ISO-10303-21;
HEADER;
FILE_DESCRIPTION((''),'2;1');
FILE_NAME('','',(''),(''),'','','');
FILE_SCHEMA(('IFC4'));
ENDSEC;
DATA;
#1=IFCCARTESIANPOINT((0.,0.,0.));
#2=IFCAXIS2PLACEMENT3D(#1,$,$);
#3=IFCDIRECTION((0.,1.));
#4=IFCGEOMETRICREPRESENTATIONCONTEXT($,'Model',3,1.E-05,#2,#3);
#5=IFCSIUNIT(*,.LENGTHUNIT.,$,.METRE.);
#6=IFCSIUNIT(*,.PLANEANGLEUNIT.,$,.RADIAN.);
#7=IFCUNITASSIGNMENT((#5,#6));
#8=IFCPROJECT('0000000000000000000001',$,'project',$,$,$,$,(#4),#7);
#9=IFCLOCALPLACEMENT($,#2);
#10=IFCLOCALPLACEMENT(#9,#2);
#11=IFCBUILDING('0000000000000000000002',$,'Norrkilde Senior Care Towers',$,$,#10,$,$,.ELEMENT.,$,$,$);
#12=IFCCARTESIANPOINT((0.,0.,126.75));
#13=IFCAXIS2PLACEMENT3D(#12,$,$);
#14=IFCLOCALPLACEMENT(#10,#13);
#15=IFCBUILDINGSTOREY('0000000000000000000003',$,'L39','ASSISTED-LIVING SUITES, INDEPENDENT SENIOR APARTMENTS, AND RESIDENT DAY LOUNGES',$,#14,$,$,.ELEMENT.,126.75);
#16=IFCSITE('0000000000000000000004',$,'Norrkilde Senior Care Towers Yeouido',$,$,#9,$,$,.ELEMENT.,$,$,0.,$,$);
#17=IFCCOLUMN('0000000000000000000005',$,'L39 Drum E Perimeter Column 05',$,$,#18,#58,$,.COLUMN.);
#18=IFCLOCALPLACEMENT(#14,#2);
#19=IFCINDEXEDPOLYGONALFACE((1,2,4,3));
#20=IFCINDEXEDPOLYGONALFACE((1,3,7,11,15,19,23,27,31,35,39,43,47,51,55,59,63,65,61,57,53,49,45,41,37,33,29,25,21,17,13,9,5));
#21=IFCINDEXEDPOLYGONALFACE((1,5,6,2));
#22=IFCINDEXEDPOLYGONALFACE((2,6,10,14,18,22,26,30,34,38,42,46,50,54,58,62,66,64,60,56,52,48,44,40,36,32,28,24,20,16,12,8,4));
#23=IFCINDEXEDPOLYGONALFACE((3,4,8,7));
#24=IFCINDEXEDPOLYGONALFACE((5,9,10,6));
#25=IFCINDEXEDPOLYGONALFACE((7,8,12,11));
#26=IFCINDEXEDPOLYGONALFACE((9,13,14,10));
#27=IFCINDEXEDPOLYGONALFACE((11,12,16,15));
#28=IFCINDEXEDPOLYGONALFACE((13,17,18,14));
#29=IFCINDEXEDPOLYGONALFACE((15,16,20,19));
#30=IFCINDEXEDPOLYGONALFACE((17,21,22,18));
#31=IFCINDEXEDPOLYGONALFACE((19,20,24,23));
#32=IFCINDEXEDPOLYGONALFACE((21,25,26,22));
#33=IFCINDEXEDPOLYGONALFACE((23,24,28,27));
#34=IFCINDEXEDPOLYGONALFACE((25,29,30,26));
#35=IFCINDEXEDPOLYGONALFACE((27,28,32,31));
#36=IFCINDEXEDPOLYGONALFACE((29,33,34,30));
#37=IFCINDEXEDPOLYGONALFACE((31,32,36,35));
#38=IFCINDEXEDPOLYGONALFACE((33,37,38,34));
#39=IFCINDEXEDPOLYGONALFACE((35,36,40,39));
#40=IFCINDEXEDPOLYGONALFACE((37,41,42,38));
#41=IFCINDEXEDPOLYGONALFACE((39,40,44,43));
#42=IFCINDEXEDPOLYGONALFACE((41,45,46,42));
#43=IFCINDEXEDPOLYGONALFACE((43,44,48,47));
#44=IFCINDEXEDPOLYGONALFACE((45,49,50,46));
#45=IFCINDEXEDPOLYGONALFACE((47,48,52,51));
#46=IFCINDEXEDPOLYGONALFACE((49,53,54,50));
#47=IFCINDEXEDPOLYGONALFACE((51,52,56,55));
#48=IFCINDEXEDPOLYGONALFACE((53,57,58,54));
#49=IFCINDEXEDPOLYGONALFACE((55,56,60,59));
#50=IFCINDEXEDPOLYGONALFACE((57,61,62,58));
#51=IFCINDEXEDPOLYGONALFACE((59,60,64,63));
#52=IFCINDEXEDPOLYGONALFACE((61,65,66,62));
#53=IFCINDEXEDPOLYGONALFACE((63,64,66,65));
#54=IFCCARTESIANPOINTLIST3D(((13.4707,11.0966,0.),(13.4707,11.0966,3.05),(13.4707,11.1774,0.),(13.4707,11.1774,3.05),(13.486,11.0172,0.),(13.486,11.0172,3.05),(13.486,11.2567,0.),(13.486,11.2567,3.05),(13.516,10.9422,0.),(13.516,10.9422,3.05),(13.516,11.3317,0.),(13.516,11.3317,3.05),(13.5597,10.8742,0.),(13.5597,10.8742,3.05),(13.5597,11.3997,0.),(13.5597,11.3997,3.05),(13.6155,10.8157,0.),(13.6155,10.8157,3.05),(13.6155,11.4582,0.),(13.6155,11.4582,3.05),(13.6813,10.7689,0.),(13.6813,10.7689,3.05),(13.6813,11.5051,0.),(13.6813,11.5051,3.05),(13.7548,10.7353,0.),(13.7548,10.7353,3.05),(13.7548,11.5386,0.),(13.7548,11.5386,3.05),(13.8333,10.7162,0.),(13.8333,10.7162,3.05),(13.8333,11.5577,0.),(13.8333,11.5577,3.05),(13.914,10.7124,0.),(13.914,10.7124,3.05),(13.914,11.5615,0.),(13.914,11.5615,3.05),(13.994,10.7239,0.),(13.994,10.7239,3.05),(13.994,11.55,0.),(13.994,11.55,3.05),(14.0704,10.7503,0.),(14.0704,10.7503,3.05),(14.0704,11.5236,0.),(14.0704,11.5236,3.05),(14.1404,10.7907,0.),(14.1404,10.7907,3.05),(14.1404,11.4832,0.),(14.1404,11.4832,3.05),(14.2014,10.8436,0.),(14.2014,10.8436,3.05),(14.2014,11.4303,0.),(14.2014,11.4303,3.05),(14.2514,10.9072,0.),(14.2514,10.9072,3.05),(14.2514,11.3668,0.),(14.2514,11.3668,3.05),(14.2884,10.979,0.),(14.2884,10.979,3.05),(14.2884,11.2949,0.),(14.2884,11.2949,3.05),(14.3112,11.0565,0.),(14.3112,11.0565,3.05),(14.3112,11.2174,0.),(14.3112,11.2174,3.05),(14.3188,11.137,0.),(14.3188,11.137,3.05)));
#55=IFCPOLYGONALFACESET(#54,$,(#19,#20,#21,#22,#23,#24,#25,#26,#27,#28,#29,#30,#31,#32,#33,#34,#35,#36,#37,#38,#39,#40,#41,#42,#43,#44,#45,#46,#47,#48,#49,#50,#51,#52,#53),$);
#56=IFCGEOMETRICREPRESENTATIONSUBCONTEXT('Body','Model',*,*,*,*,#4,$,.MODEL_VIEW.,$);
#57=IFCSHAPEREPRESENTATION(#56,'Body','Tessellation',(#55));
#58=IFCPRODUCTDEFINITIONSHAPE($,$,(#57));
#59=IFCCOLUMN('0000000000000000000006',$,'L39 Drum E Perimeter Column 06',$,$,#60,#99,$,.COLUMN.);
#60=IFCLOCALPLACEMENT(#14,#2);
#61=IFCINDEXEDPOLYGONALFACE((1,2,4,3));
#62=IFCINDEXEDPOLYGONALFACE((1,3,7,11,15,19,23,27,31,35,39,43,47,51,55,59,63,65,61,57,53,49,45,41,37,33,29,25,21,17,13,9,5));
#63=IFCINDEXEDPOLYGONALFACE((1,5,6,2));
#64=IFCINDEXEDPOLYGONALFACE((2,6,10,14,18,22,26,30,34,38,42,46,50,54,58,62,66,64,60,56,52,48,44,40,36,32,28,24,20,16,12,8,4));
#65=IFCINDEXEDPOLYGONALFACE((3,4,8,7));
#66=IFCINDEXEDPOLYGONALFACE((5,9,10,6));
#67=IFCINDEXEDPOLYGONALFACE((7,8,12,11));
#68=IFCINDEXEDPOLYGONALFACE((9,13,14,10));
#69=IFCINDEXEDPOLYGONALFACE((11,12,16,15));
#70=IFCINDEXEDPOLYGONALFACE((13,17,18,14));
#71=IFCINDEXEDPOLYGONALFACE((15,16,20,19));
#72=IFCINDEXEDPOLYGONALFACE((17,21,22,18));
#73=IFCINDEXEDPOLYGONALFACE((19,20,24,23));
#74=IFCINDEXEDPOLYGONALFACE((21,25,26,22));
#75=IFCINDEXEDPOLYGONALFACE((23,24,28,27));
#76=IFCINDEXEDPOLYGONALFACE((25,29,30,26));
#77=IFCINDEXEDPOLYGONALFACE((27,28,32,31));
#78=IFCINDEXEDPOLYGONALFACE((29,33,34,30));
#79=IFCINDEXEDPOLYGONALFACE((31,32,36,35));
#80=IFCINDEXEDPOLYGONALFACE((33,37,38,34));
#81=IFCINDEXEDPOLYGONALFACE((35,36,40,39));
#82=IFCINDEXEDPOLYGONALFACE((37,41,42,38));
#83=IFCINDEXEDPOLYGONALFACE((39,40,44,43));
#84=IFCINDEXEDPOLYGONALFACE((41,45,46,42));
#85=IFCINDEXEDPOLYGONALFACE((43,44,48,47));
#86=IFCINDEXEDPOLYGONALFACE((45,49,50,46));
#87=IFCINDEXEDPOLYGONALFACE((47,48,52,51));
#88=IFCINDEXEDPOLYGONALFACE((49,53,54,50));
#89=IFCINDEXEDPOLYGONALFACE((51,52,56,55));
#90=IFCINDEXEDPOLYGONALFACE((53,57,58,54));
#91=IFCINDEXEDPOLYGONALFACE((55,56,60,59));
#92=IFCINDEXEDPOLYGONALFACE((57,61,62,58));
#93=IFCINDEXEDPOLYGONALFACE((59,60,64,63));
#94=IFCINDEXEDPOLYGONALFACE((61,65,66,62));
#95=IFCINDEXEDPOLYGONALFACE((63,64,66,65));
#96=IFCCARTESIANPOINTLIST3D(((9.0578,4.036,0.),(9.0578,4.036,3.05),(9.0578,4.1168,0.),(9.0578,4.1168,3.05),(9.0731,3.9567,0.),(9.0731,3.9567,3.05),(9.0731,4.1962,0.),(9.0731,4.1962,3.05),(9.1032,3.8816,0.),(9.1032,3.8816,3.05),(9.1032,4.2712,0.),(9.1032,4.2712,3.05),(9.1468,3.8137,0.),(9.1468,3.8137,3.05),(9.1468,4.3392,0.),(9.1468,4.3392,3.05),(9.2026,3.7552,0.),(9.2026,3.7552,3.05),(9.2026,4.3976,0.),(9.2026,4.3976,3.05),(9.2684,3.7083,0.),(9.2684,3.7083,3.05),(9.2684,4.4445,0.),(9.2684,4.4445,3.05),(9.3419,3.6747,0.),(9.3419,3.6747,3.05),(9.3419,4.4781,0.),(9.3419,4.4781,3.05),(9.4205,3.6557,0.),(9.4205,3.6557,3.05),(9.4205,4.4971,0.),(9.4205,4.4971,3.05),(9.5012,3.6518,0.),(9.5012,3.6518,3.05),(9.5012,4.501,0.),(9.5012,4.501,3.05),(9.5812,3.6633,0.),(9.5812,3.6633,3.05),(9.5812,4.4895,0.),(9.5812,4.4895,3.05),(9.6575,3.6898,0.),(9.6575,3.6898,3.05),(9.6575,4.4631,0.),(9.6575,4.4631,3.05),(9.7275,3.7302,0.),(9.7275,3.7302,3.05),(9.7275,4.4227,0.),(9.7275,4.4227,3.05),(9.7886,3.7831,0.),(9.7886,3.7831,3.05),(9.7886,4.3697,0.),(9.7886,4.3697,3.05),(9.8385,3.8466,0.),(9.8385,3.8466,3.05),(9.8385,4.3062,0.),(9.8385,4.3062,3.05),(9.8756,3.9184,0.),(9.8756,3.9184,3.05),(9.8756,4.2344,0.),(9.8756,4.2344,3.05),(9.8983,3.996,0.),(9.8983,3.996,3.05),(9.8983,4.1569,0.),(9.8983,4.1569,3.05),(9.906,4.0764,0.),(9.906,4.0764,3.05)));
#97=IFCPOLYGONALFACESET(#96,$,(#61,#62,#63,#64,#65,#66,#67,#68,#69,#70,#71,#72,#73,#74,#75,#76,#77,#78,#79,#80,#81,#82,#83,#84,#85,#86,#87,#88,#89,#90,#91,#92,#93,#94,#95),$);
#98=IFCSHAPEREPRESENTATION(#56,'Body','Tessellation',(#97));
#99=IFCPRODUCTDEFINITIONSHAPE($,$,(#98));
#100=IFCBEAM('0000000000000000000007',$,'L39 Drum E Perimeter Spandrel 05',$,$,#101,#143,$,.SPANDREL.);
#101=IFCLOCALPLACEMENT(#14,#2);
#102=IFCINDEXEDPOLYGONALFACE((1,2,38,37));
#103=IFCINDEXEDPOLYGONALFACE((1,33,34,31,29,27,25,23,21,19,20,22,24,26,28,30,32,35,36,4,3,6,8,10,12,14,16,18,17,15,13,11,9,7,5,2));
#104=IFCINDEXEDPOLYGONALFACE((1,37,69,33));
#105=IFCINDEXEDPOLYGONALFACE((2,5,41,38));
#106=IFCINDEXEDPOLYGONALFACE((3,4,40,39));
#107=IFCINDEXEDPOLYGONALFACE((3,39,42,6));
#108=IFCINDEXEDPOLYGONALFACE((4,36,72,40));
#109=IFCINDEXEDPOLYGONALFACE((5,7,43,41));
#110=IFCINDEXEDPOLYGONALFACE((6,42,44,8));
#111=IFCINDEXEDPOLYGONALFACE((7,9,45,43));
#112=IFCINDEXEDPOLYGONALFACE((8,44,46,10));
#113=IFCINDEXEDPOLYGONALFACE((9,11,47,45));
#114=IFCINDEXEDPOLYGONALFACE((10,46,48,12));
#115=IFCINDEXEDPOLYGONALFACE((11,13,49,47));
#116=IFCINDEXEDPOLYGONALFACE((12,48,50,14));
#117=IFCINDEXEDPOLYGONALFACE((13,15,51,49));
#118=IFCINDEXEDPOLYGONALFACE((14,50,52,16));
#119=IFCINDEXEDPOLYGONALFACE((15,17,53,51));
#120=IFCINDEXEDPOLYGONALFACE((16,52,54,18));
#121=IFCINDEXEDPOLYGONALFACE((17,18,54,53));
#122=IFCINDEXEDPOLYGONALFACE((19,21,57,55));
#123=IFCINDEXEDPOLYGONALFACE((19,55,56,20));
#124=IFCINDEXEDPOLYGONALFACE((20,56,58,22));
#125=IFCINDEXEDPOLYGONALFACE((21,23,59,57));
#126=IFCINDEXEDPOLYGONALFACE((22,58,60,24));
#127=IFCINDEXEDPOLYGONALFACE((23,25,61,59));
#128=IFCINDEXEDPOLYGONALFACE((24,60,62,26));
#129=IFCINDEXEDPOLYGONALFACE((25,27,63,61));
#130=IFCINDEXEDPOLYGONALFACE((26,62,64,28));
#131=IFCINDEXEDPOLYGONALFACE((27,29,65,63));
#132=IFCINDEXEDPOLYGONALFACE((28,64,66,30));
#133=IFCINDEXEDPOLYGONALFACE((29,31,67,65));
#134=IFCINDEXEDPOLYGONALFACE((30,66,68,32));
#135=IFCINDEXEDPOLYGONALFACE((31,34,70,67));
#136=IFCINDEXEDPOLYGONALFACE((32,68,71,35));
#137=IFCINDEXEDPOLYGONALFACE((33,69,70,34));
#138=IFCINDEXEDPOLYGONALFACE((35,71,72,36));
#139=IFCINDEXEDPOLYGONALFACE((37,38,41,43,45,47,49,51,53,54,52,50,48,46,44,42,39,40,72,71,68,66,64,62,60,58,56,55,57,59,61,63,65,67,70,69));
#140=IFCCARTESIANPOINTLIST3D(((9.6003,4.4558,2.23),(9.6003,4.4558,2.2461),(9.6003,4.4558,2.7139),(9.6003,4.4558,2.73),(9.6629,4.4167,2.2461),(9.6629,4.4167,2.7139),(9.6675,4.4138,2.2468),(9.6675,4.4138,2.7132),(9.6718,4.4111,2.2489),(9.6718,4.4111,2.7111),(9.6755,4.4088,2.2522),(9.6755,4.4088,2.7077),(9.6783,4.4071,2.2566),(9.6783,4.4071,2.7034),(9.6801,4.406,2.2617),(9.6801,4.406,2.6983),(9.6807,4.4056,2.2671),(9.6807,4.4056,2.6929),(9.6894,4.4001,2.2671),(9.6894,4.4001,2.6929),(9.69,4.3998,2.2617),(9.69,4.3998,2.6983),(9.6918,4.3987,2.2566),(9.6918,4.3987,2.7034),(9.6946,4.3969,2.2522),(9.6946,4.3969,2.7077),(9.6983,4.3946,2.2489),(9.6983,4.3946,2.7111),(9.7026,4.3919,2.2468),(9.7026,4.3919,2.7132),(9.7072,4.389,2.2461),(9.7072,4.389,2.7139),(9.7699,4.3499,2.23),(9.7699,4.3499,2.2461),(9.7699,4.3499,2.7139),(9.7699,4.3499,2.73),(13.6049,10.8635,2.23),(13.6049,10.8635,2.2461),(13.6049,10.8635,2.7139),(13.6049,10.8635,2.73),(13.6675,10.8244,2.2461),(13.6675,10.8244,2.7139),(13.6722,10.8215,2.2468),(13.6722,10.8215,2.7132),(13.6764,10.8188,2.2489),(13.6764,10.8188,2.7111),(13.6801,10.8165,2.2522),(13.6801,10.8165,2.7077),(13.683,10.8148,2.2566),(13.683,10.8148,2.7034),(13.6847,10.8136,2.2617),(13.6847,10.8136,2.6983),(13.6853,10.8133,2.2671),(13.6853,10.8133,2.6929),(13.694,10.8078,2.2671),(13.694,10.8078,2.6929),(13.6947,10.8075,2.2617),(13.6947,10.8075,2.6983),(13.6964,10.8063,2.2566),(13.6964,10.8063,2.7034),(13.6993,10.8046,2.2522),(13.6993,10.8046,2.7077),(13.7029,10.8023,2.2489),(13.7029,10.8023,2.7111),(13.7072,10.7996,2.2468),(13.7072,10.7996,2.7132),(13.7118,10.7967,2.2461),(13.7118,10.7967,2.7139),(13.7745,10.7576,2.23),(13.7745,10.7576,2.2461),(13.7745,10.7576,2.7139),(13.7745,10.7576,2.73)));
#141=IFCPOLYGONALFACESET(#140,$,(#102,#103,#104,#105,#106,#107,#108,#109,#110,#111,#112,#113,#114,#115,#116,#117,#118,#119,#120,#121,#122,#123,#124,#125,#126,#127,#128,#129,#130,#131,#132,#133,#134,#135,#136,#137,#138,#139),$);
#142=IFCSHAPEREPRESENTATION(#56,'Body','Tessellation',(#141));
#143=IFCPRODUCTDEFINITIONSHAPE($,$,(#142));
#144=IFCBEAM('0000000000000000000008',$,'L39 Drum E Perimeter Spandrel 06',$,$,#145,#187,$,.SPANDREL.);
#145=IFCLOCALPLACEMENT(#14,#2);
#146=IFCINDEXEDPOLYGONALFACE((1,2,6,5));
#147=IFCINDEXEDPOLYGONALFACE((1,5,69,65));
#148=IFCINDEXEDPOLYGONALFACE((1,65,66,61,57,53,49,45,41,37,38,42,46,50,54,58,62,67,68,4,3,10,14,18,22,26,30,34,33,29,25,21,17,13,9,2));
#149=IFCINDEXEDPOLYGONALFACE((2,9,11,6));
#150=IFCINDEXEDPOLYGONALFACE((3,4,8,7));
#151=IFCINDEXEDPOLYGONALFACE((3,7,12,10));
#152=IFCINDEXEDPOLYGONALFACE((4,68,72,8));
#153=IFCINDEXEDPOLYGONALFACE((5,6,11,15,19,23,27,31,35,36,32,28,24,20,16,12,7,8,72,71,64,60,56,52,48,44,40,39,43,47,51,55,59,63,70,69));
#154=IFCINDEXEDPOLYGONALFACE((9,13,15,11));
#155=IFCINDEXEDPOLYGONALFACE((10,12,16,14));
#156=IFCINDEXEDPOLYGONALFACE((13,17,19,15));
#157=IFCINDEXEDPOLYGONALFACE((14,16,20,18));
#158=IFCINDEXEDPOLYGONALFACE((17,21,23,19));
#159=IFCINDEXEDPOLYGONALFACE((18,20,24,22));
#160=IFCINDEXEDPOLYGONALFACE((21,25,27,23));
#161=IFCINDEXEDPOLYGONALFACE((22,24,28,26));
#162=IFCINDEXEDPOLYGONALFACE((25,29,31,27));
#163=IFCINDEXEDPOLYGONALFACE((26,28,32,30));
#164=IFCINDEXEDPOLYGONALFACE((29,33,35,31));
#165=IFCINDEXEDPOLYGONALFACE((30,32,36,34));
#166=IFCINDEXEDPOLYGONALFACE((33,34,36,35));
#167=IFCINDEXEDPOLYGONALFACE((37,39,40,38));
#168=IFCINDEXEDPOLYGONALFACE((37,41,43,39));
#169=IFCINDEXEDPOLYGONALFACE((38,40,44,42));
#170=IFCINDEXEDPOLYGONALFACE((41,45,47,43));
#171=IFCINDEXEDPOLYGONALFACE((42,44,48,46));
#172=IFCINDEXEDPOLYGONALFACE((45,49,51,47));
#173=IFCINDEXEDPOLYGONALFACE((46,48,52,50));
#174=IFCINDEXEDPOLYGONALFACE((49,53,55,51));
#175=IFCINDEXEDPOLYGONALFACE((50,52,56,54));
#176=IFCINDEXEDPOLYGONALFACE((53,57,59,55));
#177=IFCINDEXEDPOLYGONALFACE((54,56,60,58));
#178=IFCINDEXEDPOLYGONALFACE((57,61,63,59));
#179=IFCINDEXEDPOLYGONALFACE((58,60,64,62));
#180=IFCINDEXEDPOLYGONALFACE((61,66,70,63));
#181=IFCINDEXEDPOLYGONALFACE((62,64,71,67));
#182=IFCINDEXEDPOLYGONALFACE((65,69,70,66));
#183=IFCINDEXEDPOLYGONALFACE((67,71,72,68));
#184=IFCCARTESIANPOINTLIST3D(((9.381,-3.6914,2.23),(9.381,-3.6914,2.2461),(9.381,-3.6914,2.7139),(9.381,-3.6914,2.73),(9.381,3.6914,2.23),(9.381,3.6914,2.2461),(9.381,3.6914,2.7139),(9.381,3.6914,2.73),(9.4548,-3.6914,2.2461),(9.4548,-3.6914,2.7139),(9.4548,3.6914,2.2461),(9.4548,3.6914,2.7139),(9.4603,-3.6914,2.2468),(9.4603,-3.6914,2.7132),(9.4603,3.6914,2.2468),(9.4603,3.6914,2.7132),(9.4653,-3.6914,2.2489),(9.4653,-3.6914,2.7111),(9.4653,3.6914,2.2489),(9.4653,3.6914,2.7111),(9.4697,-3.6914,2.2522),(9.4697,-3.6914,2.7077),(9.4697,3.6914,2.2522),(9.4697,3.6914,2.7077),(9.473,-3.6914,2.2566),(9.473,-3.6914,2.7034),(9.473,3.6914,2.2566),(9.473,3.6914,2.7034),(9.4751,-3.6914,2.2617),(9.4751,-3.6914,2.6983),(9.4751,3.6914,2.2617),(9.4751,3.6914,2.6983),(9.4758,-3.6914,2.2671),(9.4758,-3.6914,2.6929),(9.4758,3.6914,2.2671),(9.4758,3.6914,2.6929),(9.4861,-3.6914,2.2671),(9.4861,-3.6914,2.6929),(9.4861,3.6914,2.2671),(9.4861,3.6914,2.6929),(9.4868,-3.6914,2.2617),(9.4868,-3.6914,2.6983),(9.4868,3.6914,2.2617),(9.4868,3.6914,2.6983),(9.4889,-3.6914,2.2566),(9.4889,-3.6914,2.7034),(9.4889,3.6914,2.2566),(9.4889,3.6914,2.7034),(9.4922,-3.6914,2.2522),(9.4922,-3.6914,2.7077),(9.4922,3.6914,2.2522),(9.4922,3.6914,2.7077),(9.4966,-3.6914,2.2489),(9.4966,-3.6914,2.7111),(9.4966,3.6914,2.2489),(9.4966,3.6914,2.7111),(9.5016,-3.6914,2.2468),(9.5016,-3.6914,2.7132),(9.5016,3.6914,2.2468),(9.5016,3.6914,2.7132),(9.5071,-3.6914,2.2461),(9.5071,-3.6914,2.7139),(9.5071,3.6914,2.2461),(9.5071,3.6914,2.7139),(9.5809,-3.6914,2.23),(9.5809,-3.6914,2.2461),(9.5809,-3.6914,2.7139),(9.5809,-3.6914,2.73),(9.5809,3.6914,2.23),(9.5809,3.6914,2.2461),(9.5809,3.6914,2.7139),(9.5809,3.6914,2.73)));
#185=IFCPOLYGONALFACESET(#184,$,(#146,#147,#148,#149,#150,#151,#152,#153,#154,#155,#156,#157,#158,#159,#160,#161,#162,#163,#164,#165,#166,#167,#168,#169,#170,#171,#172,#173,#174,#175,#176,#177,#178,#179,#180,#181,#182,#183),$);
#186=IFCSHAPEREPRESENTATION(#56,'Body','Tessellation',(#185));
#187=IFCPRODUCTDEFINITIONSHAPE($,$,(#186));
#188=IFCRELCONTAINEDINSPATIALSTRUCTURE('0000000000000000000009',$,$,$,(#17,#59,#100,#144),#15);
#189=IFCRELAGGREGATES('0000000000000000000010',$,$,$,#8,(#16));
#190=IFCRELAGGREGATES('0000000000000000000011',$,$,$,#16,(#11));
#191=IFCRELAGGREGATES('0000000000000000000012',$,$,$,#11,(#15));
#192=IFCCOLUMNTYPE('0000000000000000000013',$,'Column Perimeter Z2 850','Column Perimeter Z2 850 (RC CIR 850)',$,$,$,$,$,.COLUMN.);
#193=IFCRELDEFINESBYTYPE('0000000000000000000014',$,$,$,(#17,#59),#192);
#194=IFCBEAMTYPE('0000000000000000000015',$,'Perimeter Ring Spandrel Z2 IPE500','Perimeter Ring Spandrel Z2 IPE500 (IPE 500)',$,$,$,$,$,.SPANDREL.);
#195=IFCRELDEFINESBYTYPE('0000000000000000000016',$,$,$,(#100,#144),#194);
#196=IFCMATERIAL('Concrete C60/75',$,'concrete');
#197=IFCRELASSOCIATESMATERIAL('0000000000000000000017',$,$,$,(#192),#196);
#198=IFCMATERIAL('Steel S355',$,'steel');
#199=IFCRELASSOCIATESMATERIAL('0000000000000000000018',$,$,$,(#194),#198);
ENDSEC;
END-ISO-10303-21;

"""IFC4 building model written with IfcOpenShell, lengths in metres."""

from ifc_helpers import new_model, si_unit, direction, frame, origin, origin_2d, place, context, subcontext, project, spatial, circle, i_section, extrude, source, transform, mapped, material, material_profile, profile_set, type_object, type_shapes, element, save


model = new_model("IFC4")

# Units and contexts
model_context = context("Model", 3, precision=1e-05, world=origin(), true_north=direction((0.0, 1.0)))
body_context = subcontext(model_context, "Body", "Model", "MODEL_VIEW")
ifc_project = project(units=[si_unit("LENGTHUNIT", "METRE"), si_unit("PLANEANGLEUNIT", "RADIAN")], contexts=[model_context])

# Site, building, storey
site_placement = place(None, origin())
site = spatial("IfcSite", under=ifc_project, at=site_placement, Name="Norrkilde Senior Care Towers Yeouido", CompositionType="ELEMENT", RefElevation=0.0)
building_placement = place(site_placement, origin())
building = spatial("IfcBuilding", under=site, at=building_placement, Name="Norrkilde Senior Care Towers", CompositionType="ELEMENT")
storey_placement = place(building_placement, frame((0.0, 0.0, 126.75)))
storey = spatial("IfcBuildingStorey", under=building, at=storey_placement, Name="L39", Description="ASSISTED-LIVING SUITES, INDEPENDENT SENIOR APARTMENTS, AND RESIDENT DAY LOUNGES", CompositionType="ELEMENT", Elevation=126.75)

# Columns
ifc_material_1 = material(Name="Concrete C60/75", Category="concrete")
ifc_material_profile_1 = material_profile(ifc_material_1, circle(Radius=0.425, at=origin_2d()), Name="RC CIR 850")
ifc_profile_set_1 = profile_set([ifc_material_profile_1], Name="Concrete C60/75")
column_type = type_object("IfcColumnType", Name="Column Perimeter Z2 850", Description="Column Perimeter Z2 850 (RC CIR 850)", PredefinedType="COLUMN", material=ifc_profile_set_1)
shared_shape_1 = source(origin(), body_context, "Body", "SweptSolid", [
    extrude(circle(Radius=0.425, at=origin_2d()), origin(), (0.0, 0.0, 1.0), 3.05),
])
type_shapes(column_type, [shared_shape_1])
for number, where, z_axis, x_axis, name in (
    (1, (13.8938, 11.137, 0.0), (0.0, 0.0, 1.0), (1.0, 0.0, 0.0), "L39 Drum E Perimeter Column 05"),
    (2, (9.481, 4.0764, 0.0), (0.0, 0.0, 1.0), (1.0, 0.0, 0.0), "L39 Drum E Perimeter Column 06"),
):
    element("IfcColumn", number, at=place(storey_placement, frame(where, z_axis=z_axis, x_axis=x_axis)), inside=storey, type_object=column_type, Name=name, PredefinedType="COLUMN", context=body_context, shape_type="MappedRepresentation", body=[
        mapped(shared_shape_1, transform((0.0, 0.0, 0.0), x_axis=(1.0, 0.0, 0.0), y_axis=(0.0, 1.0, 0.0), z_axis=(0.0, 0.0, 1.0), scale=1.0)),
    ])

# Beams
ifc_material_2 = material(Name="Steel S355", Category="steel")
ifc_material_profile_2 = material_profile(ifc_material_2, i_section(OverallWidth=0.2, OverallDepth=0.5, WebThickness=0.0103, FlangeThickness=0.0161, FilletRadius=0.021, at=origin_2d()), Name="IPE 500")
ifc_profile_set_2 = profile_set([ifc_material_profile_2], Name="Steel S355")
beam_type = type_object("IfcBeamType", Name="Perimeter Ring Spandrel Z2 IPE500", Description="Perimeter Ring Spandrel Z2 IPE500 (IPE 500)", PredefinedType="SPANDREL", material=ifc_profile_set_2)
shared_shape_2 = source(origin(), body_context, "Body", "SweptSolid", [
    extrude(i_section(OverallWidth=0.2, OverallDepth=0.5, WebThickness=0.0103, FlangeThickness=0.0161, FilletRadius=0.021, at=origin_2d()), origin(), (0.0, 0.0, 1.0), 7.5562),
])
beam_1_placement = place(storey_placement, frame((13.6897, 10.8105, 2.48), z_axis=(-0.529982, -0.848009, 0.0), x_axis=(0.848009, -0.529982, 0.0)))
element("IfcBeam", 3, at=beam_1_placement, inside=storey, type_object=beam_type, Name="L39 Drum E Perimeter Spandrel 05", PredefinedType="SPANDREL", context=body_context, shape_type="MappedRepresentation", body=[
    mapped(shared_shape_2, transform((0.0, 0.0, 0.0), x_axis=(1.0, 0.0, 0.0), y_axis=(0.0, 1.0, 0.0), z_axis=(0.0, 0.0, 1.0), scale=1.0)),
])
shared_shape_3 = source(origin(), body_context, "Body", "SweptSolid", [
    extrude(i_section(OverallWidth=0.2, OverallDepth=0.5, WebThickness=0.0103, FlangeThickness=0.0161, FilletRadius=0.021, at=origin_2d()), origin(), (0.0, 0.0, 1.0), 7.3828),
])
type_shapes(beam_type, [shared_shape_2, shared_shape_3])
beam_2_placement = place(storey_placement, frame((9.481, 3.6914, 2.48), z_axis=(0.0, -1.0, 0.0), x_axis=(1.0, 0.0, 0.0)))
element("IfcBeam", 4, at=beam_2_placement, inside=storey, type_object=beam_type, Name="L39 Drum E Perimeter Spandrel 06", PredefinedType="SPANDREL", context=body_context, shape_type="MappedRepresentation", body=[
    mapped(shared_shape_3, transform((0.0, 0.0, 0.0), x_axis=(1.0, 0.0, 0.0), y_axis=(0.0, 1.0, 0.0), z_axis=(0.0, 0.0, 1.0), scale=1.0)),
])

save(model, "model.ifc")
